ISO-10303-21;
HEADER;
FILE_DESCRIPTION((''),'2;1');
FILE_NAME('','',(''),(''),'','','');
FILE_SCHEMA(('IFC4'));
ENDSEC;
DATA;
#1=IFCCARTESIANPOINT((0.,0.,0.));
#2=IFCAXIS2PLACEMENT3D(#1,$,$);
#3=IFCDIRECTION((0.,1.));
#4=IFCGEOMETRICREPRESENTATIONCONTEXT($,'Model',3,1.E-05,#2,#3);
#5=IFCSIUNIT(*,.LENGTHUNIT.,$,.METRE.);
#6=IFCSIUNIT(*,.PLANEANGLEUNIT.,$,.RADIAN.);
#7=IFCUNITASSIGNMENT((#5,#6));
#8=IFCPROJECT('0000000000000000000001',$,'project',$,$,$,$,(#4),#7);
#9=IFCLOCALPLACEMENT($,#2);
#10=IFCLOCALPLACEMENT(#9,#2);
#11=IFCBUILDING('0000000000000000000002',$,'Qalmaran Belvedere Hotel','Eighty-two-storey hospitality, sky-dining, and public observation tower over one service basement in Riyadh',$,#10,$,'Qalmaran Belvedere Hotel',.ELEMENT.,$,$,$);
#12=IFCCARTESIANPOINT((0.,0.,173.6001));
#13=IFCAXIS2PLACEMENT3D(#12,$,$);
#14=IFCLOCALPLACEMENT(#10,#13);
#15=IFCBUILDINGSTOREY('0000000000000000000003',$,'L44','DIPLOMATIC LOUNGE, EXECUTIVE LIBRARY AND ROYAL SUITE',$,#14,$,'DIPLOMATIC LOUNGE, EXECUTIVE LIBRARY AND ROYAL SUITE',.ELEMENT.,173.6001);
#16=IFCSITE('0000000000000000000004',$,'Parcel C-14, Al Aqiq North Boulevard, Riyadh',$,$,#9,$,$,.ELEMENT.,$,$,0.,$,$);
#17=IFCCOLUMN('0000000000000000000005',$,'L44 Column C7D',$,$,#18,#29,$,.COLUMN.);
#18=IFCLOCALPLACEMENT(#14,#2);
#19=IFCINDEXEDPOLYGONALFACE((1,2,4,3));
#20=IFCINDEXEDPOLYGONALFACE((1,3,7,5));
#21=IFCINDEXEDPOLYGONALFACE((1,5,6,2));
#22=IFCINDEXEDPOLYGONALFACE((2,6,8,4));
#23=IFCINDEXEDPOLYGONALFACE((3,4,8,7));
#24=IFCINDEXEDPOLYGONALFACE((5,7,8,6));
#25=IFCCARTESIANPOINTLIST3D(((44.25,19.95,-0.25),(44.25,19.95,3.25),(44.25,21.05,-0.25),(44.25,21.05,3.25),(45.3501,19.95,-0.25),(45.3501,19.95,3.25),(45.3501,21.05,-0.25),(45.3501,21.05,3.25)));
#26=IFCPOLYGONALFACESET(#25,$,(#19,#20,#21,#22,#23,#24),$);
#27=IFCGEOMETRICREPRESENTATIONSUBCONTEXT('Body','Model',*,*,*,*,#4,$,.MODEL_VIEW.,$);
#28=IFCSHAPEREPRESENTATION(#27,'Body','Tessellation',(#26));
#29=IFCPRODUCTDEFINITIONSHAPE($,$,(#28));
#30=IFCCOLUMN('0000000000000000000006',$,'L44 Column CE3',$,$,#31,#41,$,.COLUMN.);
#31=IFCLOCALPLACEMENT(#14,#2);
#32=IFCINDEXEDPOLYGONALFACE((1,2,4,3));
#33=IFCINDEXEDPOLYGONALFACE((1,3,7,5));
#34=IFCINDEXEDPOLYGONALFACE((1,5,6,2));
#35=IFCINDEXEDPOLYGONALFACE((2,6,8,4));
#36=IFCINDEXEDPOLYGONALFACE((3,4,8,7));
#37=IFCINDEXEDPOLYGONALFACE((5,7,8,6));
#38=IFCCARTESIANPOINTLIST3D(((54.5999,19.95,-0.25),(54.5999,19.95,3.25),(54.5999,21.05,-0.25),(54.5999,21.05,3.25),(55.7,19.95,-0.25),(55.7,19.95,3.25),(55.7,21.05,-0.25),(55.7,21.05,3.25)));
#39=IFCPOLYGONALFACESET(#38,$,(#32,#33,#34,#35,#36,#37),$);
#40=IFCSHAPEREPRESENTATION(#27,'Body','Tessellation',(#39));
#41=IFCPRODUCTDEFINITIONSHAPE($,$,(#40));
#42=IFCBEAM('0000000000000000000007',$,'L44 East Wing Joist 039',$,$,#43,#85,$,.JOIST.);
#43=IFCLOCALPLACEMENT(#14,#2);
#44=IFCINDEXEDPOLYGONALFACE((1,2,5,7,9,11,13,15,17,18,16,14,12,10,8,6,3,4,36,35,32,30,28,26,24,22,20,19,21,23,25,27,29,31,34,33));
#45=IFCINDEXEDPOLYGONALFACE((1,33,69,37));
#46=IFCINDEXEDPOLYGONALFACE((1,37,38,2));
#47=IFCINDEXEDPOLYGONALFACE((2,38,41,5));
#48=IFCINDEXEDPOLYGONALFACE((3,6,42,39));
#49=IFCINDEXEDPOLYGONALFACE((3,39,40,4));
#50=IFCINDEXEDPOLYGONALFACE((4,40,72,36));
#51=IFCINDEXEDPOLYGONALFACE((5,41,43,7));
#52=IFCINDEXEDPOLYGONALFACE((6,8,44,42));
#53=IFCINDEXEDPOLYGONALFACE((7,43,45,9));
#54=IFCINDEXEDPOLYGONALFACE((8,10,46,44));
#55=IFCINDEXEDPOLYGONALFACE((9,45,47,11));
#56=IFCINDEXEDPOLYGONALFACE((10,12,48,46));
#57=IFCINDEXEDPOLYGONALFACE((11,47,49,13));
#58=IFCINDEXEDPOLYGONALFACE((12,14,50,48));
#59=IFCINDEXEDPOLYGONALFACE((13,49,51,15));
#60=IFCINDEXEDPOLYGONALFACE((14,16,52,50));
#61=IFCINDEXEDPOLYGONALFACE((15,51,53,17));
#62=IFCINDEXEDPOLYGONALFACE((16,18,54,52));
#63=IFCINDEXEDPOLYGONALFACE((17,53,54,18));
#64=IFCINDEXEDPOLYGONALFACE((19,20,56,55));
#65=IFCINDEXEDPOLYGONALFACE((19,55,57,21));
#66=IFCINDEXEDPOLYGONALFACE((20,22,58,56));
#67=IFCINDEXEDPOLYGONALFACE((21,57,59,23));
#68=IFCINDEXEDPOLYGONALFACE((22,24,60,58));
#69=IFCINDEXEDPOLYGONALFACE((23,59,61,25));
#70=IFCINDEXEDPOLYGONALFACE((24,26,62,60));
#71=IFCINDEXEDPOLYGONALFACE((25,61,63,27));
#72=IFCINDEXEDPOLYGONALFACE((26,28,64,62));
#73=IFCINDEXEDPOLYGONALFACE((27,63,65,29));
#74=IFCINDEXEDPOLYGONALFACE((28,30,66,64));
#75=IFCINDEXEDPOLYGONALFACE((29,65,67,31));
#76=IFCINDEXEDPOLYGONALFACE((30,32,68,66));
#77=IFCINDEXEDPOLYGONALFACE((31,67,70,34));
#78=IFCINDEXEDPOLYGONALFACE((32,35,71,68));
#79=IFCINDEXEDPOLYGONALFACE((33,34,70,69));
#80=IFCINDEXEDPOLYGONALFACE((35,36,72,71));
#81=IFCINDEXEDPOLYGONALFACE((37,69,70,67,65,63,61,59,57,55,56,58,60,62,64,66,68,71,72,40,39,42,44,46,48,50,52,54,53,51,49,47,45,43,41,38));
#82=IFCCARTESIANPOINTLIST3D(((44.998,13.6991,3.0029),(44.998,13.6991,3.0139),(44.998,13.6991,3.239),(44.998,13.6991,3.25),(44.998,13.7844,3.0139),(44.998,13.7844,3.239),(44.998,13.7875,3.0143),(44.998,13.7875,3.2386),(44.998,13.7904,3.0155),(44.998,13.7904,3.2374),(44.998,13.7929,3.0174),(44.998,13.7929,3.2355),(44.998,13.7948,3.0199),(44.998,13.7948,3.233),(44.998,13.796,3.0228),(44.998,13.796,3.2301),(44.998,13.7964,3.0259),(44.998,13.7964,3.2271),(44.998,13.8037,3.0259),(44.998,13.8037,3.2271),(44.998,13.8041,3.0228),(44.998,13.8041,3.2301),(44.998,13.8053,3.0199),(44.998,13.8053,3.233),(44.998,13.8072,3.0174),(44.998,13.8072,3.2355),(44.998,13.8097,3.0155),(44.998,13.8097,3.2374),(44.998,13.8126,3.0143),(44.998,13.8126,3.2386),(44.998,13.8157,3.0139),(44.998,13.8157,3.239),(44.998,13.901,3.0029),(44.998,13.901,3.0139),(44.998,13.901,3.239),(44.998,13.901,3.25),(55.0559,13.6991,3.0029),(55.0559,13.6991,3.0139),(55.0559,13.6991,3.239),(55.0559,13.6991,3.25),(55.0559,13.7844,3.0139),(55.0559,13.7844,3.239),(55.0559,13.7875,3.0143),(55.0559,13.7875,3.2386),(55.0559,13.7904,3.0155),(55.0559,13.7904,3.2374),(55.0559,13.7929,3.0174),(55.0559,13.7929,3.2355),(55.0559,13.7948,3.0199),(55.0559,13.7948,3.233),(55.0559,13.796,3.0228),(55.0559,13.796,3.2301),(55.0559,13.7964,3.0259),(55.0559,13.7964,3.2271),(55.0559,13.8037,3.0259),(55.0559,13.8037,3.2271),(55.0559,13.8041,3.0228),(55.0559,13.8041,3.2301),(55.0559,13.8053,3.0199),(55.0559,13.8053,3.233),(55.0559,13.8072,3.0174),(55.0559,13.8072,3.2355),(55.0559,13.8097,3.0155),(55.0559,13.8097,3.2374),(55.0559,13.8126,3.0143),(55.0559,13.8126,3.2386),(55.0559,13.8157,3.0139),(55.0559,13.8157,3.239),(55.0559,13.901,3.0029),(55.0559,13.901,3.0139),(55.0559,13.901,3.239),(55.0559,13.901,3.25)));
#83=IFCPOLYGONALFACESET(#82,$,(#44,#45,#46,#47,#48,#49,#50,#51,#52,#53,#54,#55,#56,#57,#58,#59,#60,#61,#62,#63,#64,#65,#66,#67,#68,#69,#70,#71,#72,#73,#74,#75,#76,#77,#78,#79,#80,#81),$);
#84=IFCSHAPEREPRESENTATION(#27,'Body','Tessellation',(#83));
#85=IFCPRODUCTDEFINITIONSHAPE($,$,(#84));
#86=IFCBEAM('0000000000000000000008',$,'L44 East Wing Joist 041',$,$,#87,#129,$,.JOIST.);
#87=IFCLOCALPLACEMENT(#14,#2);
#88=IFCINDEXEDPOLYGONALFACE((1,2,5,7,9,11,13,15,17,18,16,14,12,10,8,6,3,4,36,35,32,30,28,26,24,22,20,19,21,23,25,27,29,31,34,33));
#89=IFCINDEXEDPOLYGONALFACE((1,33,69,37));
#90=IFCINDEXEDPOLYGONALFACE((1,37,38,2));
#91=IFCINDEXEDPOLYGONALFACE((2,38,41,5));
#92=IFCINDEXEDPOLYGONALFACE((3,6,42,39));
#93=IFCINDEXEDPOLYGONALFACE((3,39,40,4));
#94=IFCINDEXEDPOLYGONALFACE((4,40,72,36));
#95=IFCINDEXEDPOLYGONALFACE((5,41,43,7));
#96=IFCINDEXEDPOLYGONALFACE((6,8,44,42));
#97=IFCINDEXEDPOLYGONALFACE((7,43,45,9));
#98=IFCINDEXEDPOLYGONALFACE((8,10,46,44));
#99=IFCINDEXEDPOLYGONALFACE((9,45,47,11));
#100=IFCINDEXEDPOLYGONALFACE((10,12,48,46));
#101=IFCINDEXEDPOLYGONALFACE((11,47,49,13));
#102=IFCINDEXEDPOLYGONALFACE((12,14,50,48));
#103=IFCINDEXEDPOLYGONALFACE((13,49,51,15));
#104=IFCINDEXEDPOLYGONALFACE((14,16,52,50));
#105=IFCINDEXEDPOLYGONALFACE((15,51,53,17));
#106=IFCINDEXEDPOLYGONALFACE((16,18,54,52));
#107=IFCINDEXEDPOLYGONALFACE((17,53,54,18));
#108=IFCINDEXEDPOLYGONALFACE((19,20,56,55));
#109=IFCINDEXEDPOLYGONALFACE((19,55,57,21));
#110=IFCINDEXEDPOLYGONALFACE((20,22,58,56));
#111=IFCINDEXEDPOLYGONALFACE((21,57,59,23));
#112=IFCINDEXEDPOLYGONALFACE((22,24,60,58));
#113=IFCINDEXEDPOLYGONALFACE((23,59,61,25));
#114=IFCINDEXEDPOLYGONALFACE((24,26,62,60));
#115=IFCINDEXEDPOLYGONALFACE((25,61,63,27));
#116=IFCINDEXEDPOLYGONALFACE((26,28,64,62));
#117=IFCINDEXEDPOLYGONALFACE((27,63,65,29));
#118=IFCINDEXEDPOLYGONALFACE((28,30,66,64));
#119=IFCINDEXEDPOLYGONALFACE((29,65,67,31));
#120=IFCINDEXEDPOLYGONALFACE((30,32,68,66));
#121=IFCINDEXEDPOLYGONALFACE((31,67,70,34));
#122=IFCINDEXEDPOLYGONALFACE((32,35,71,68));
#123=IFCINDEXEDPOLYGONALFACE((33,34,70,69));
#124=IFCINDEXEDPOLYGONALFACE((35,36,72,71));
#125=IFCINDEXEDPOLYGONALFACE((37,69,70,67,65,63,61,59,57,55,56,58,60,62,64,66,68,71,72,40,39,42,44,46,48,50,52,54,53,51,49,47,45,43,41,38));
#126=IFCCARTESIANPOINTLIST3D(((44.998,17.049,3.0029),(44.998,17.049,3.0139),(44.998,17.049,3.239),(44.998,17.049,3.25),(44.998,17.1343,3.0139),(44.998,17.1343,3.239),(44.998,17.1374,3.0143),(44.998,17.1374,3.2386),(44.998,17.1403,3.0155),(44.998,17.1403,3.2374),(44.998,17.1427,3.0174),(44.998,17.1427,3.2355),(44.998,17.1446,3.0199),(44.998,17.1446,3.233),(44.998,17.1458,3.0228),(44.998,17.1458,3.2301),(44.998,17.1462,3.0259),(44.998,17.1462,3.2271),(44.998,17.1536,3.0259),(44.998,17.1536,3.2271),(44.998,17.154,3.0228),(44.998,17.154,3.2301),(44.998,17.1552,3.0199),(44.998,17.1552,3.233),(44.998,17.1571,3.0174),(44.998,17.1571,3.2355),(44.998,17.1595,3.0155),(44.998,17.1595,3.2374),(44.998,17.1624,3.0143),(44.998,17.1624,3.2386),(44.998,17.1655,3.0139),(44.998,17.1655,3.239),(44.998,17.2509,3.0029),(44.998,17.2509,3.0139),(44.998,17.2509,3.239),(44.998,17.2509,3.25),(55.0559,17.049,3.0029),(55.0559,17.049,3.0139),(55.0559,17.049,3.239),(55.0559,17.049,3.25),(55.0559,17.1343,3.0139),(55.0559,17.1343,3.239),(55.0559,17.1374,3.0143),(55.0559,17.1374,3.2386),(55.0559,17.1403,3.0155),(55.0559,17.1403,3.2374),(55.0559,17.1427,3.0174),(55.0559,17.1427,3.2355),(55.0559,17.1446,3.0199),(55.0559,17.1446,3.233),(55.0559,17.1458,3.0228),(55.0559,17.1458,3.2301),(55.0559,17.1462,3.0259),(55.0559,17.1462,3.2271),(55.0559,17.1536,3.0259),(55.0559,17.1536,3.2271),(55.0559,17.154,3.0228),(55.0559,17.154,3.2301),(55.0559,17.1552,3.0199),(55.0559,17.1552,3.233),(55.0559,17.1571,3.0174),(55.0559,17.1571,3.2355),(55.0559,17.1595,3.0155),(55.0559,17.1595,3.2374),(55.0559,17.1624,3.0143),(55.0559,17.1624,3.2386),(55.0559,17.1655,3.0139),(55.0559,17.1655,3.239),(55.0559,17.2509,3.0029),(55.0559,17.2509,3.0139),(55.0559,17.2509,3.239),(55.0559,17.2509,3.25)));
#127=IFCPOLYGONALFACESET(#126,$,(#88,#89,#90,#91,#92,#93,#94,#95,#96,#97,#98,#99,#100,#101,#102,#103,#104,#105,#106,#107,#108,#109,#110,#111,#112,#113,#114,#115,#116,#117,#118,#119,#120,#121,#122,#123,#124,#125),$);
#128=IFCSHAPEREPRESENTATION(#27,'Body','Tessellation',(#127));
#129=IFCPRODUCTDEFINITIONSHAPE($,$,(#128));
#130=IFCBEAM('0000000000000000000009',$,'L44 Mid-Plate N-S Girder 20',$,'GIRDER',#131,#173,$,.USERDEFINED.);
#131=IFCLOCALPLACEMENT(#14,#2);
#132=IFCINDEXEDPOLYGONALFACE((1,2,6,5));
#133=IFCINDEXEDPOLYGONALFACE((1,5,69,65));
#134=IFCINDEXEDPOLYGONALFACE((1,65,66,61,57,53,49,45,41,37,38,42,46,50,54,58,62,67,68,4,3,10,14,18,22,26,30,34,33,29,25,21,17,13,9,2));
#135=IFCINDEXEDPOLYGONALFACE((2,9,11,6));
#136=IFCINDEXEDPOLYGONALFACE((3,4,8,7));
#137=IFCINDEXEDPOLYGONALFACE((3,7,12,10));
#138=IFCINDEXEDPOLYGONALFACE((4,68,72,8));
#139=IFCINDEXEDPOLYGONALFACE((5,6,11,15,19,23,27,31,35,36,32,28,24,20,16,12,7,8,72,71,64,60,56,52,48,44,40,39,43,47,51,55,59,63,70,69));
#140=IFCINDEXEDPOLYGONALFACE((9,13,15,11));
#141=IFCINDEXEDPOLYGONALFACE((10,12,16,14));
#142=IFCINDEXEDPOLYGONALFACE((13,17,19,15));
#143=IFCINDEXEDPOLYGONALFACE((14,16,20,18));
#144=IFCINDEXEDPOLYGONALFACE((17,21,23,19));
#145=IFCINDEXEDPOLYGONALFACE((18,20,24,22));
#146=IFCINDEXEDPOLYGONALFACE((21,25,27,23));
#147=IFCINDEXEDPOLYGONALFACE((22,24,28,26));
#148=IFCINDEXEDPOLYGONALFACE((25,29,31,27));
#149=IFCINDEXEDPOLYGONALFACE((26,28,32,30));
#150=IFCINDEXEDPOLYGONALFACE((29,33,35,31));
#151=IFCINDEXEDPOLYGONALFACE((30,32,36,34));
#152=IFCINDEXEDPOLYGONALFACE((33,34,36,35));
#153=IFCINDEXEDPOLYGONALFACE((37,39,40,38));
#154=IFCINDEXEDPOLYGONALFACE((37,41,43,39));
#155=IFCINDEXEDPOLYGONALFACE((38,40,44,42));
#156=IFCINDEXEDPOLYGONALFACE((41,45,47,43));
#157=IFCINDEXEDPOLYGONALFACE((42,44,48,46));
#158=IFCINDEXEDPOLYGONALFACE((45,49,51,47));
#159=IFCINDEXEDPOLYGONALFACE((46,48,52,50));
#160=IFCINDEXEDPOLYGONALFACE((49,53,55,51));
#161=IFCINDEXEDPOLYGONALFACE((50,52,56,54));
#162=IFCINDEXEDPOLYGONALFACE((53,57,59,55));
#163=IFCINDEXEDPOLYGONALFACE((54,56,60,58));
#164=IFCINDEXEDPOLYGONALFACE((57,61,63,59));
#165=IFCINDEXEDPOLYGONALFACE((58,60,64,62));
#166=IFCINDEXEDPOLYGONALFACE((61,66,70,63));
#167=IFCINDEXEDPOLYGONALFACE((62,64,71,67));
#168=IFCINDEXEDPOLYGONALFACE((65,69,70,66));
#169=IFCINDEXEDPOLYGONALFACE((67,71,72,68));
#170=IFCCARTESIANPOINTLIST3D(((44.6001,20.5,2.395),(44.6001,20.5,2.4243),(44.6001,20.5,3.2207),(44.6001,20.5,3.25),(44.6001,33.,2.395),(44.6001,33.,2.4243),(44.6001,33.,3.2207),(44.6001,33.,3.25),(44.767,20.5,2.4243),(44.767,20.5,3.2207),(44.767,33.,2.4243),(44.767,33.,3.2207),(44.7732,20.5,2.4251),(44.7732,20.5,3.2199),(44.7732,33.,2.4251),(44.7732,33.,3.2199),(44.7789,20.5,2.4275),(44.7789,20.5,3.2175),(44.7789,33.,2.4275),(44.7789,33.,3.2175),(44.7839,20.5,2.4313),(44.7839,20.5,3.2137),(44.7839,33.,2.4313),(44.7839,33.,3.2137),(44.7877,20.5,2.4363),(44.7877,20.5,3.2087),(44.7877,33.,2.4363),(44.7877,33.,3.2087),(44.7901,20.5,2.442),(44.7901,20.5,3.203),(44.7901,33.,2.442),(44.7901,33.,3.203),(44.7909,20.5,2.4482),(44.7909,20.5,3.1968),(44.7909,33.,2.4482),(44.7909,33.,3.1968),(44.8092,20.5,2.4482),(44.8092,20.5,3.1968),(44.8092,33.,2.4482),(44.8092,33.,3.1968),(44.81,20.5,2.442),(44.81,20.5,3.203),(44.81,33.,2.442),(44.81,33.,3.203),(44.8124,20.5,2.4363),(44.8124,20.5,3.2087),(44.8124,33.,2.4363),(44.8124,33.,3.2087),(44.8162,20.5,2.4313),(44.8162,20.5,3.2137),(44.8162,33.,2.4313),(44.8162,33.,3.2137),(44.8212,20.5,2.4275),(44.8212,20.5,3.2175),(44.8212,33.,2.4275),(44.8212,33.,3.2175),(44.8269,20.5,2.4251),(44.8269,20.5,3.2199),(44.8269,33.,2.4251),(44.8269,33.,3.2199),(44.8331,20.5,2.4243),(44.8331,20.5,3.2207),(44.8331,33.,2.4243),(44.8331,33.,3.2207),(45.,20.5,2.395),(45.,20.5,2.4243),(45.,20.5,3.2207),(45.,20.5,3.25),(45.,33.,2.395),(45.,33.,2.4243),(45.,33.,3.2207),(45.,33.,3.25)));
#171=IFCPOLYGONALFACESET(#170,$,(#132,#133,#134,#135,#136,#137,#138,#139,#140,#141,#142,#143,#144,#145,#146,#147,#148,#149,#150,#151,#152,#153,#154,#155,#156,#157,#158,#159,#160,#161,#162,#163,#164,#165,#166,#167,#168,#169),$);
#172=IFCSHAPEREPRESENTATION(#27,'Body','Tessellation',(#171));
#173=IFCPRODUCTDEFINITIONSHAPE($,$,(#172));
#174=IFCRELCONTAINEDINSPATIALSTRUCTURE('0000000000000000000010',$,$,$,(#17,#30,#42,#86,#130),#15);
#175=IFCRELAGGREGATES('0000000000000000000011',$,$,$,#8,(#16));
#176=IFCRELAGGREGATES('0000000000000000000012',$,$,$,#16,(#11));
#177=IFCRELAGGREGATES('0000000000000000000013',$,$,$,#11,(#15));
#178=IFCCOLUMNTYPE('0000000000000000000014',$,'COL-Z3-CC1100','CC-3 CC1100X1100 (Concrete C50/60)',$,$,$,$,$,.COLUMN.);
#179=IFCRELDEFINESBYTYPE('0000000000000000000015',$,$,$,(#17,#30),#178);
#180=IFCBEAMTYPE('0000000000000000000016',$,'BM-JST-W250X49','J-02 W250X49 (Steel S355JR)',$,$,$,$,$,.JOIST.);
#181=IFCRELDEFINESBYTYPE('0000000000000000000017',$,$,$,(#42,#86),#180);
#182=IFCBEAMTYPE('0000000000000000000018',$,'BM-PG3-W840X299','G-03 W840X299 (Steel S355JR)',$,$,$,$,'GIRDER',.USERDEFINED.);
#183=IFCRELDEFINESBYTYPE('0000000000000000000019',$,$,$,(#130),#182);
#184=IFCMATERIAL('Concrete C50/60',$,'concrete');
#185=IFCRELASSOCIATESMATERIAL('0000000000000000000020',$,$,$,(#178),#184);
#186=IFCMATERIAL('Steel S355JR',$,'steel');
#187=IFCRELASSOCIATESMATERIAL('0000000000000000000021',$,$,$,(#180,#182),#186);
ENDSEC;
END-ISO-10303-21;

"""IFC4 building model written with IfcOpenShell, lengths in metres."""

from ifc_helpers import new_model, si_unit, direction, frame, origin, origin_2d, place, context, subcontext, project, spatial, rectangle, i_section, extrude, material, material_profile, profile_set, type_object, element, save


model = new_model("IFC4")

# Units and contexts
model_context = context("Model", 3, precision=1e-05, world=origin(), true_north=direction((0.0, 1.0)))
body_context = subcontext(model_context, "Body", "Model", "MODEL_VIEW")
ifc_project = project(units=[si_unit("LENGTHUNIT", "METRE"), si_unit("PLANEANGLEUNIT", "RADIAN")], contexts=[model_context])

# Site, building, storey
site_placement = place(None, origin())
site = spatial("IfcSite", under=ifc_project, at=site_placement, Name="Parcel C-14, Al Aqiq North Boulevard, Riyadh", CompositionType="ELEMENT", RefElevation=0.0)
building_placement = place(site_placement, origin())
building = spatial("IfcBuilding", under=site, at=building_placement, Name="Qalmaran Belvedere Hotel", Description="Eighty-two-storey hospitality, sky-dining, and public observation tower over one service basement in Riyadh", LongName="Qalmaran Belvedere Hotel", CompositionType="ELEMENT")
storey_placement = place(building_placement, frame((0.0, 0.0, 173.6001)))
storey = spatial("IfcBuildingStorey", under=building, at=storey_placement, Name="L44", Description="DIPLOMATIC LOUNGE, EXECUTIVE LIBRARY AND ROYAL SUITE", LongName="DIPLOMATIC LOUNGE, EXECUTIVE LIBRARY AND ROYAL SUITE", CompositionType="ELEMENT", Elevation=173.6001)

# Columns
ifc_material_1 = material(Name="Concrete C50/60", Category="concrete")
ifc_material_profile_1 = material_profile(ifc_material_1, rectangle(XDim=1.1001, YDim=1.1001, at=origin_2d()), Name="CC1100X1100")
ifc_profile_set_1 = profile_set([ifc_material_profile_1], Name="Concrete C50/60")
column_type = type_object("IfcColumnType", Name="COL-Z3-CC1100", Description="CC-3 CC1100X1100 (Concrete C50/60)", PredefinedType="COLUMN", material=ifc_profile_set_1)
for number, where, z_axis, x_axis, name in (
    (1, (44.8, 20.5, -0.25), (0.0, 0.0, 1.0), (1.0, 0.0, 0.0), "L44 Column C7D"),
    (2, (55.1499, 20.5, -0.25), (0.0, 0.0, 1.0), (1.0, 0.0, 0.0), "L44 Column CE3"),
):
    element("IfcColumn", number, at=place(storey_placement, frame(where, z_axis=z_axis, x_axis=x_axis)), inside=storey, type_object=column_type, Name=name, PredefinedType="COLUMN", context=body_context, shape_type="SweptSolid", body=[
        extrude(rectangle(XDim=1.1001, YDim=1.1001, at=origin_2d()), origin(), (0.0, 0.0, 1.0), 3.5),
    ])

# Beams
ifc_material_2 = material(Name="Steel S355JR", Category="steel")
ifc_material_profile_2 = material_profile(ifc_material_2, i_section(OverallWidth=0.2019, OverallDepth=0.2471, WebThickness=0.0073, FlangeThickness=0.011, FilletRadius=0.012, at=origin_2d()), Name="W250X49")
ifc_profile_set_2 = profile_set([ifc_material_profile_2], Name="Steel S355JR")
beam_type_1 = type_object("IfcBeamType", Name="BM-JST-W250X49", Description="J-02 W250X49 (Steel S355JR)", PredefinedType="JOIST", material=ifc_profile_set_2)
for number, where, z_axis, x_axis, name in (
    (3, (44.998, 13.8, 3.1265), (1.0, 0.0, 0.0), (0.0, 1.0, 0.0), "L44 East Wing Joist 039"),
    (4, (44.998, 17.1499, 3.1265), (1.0, 0.0, 0.0), (0.0, 1.0, 0.0), "L44 East Wing Joist 041"),
):
    element("IfcBeam", number, at=place(storey_placement, frame(where, z_axis=z_axis, x_axis=x_axis)), inside=storey, type_object=beam_type_1, Name=name, PredefinedType="JOIST", context=body_context, shape_type="SweptSolid", body=[
        extrude(i_section(OverallWidth=0.2019, OverallDepth=0.2471, WebThickness=0.0073, FlangeThickness=0.011, FilletRadius=0.012, at=origin_2d()), origin(), (0.0, 0.0, 1.0), 10.0579),
    ])
ifc_material_profile_3 = material_profile(ifc_material_2, i_section(OverallWidth=0.3999, OverallDepth=0.855, WebThickness=0.0183, FlangeThickness=0.0293, FilletRadius=0.0239, at=origin_2d()), Name="W840X299")
ifc_profile_set_3 = profile_set([ifc_material_profile_3], Name="Steel S355JR")
beam_type_2 = type_object("IfcBeamType", Name="BM-PG3-W840X299", Description="G-03 W840X299 (Steel S355JR)", ElementType="GIRDER", PredefinedType="USERDEFINED", material=ifc_profile_set_3)
beam_1_placement = place(storey_placement, frame((44.8, 20.5, 2.8225), z_axis=(0.0, 1.0, 0.0), x_axis=(-1.0, 0.0, 0.0)))
element("IfcBeam", 5, at=beam_1_placement, inside=storey, type_object=beam_type_2, Name="L44 Mid-Plate N-S Girder 20", ObjectType="GIRDER", PredefinedType="USERDEFINED", context=body_context, shape_type="SweptSolid", body=[
    extrude(i_section(OverallWidth=0.3999, OverallDepth=0.855, WebThickness=0.0183, FlangeThickness=0.0293, FilletRadius=0.0239, at=origin_2d()), origin(), (0.0, 0.0, 1.0), 12.5),
])

save(model, "model.ifc")
